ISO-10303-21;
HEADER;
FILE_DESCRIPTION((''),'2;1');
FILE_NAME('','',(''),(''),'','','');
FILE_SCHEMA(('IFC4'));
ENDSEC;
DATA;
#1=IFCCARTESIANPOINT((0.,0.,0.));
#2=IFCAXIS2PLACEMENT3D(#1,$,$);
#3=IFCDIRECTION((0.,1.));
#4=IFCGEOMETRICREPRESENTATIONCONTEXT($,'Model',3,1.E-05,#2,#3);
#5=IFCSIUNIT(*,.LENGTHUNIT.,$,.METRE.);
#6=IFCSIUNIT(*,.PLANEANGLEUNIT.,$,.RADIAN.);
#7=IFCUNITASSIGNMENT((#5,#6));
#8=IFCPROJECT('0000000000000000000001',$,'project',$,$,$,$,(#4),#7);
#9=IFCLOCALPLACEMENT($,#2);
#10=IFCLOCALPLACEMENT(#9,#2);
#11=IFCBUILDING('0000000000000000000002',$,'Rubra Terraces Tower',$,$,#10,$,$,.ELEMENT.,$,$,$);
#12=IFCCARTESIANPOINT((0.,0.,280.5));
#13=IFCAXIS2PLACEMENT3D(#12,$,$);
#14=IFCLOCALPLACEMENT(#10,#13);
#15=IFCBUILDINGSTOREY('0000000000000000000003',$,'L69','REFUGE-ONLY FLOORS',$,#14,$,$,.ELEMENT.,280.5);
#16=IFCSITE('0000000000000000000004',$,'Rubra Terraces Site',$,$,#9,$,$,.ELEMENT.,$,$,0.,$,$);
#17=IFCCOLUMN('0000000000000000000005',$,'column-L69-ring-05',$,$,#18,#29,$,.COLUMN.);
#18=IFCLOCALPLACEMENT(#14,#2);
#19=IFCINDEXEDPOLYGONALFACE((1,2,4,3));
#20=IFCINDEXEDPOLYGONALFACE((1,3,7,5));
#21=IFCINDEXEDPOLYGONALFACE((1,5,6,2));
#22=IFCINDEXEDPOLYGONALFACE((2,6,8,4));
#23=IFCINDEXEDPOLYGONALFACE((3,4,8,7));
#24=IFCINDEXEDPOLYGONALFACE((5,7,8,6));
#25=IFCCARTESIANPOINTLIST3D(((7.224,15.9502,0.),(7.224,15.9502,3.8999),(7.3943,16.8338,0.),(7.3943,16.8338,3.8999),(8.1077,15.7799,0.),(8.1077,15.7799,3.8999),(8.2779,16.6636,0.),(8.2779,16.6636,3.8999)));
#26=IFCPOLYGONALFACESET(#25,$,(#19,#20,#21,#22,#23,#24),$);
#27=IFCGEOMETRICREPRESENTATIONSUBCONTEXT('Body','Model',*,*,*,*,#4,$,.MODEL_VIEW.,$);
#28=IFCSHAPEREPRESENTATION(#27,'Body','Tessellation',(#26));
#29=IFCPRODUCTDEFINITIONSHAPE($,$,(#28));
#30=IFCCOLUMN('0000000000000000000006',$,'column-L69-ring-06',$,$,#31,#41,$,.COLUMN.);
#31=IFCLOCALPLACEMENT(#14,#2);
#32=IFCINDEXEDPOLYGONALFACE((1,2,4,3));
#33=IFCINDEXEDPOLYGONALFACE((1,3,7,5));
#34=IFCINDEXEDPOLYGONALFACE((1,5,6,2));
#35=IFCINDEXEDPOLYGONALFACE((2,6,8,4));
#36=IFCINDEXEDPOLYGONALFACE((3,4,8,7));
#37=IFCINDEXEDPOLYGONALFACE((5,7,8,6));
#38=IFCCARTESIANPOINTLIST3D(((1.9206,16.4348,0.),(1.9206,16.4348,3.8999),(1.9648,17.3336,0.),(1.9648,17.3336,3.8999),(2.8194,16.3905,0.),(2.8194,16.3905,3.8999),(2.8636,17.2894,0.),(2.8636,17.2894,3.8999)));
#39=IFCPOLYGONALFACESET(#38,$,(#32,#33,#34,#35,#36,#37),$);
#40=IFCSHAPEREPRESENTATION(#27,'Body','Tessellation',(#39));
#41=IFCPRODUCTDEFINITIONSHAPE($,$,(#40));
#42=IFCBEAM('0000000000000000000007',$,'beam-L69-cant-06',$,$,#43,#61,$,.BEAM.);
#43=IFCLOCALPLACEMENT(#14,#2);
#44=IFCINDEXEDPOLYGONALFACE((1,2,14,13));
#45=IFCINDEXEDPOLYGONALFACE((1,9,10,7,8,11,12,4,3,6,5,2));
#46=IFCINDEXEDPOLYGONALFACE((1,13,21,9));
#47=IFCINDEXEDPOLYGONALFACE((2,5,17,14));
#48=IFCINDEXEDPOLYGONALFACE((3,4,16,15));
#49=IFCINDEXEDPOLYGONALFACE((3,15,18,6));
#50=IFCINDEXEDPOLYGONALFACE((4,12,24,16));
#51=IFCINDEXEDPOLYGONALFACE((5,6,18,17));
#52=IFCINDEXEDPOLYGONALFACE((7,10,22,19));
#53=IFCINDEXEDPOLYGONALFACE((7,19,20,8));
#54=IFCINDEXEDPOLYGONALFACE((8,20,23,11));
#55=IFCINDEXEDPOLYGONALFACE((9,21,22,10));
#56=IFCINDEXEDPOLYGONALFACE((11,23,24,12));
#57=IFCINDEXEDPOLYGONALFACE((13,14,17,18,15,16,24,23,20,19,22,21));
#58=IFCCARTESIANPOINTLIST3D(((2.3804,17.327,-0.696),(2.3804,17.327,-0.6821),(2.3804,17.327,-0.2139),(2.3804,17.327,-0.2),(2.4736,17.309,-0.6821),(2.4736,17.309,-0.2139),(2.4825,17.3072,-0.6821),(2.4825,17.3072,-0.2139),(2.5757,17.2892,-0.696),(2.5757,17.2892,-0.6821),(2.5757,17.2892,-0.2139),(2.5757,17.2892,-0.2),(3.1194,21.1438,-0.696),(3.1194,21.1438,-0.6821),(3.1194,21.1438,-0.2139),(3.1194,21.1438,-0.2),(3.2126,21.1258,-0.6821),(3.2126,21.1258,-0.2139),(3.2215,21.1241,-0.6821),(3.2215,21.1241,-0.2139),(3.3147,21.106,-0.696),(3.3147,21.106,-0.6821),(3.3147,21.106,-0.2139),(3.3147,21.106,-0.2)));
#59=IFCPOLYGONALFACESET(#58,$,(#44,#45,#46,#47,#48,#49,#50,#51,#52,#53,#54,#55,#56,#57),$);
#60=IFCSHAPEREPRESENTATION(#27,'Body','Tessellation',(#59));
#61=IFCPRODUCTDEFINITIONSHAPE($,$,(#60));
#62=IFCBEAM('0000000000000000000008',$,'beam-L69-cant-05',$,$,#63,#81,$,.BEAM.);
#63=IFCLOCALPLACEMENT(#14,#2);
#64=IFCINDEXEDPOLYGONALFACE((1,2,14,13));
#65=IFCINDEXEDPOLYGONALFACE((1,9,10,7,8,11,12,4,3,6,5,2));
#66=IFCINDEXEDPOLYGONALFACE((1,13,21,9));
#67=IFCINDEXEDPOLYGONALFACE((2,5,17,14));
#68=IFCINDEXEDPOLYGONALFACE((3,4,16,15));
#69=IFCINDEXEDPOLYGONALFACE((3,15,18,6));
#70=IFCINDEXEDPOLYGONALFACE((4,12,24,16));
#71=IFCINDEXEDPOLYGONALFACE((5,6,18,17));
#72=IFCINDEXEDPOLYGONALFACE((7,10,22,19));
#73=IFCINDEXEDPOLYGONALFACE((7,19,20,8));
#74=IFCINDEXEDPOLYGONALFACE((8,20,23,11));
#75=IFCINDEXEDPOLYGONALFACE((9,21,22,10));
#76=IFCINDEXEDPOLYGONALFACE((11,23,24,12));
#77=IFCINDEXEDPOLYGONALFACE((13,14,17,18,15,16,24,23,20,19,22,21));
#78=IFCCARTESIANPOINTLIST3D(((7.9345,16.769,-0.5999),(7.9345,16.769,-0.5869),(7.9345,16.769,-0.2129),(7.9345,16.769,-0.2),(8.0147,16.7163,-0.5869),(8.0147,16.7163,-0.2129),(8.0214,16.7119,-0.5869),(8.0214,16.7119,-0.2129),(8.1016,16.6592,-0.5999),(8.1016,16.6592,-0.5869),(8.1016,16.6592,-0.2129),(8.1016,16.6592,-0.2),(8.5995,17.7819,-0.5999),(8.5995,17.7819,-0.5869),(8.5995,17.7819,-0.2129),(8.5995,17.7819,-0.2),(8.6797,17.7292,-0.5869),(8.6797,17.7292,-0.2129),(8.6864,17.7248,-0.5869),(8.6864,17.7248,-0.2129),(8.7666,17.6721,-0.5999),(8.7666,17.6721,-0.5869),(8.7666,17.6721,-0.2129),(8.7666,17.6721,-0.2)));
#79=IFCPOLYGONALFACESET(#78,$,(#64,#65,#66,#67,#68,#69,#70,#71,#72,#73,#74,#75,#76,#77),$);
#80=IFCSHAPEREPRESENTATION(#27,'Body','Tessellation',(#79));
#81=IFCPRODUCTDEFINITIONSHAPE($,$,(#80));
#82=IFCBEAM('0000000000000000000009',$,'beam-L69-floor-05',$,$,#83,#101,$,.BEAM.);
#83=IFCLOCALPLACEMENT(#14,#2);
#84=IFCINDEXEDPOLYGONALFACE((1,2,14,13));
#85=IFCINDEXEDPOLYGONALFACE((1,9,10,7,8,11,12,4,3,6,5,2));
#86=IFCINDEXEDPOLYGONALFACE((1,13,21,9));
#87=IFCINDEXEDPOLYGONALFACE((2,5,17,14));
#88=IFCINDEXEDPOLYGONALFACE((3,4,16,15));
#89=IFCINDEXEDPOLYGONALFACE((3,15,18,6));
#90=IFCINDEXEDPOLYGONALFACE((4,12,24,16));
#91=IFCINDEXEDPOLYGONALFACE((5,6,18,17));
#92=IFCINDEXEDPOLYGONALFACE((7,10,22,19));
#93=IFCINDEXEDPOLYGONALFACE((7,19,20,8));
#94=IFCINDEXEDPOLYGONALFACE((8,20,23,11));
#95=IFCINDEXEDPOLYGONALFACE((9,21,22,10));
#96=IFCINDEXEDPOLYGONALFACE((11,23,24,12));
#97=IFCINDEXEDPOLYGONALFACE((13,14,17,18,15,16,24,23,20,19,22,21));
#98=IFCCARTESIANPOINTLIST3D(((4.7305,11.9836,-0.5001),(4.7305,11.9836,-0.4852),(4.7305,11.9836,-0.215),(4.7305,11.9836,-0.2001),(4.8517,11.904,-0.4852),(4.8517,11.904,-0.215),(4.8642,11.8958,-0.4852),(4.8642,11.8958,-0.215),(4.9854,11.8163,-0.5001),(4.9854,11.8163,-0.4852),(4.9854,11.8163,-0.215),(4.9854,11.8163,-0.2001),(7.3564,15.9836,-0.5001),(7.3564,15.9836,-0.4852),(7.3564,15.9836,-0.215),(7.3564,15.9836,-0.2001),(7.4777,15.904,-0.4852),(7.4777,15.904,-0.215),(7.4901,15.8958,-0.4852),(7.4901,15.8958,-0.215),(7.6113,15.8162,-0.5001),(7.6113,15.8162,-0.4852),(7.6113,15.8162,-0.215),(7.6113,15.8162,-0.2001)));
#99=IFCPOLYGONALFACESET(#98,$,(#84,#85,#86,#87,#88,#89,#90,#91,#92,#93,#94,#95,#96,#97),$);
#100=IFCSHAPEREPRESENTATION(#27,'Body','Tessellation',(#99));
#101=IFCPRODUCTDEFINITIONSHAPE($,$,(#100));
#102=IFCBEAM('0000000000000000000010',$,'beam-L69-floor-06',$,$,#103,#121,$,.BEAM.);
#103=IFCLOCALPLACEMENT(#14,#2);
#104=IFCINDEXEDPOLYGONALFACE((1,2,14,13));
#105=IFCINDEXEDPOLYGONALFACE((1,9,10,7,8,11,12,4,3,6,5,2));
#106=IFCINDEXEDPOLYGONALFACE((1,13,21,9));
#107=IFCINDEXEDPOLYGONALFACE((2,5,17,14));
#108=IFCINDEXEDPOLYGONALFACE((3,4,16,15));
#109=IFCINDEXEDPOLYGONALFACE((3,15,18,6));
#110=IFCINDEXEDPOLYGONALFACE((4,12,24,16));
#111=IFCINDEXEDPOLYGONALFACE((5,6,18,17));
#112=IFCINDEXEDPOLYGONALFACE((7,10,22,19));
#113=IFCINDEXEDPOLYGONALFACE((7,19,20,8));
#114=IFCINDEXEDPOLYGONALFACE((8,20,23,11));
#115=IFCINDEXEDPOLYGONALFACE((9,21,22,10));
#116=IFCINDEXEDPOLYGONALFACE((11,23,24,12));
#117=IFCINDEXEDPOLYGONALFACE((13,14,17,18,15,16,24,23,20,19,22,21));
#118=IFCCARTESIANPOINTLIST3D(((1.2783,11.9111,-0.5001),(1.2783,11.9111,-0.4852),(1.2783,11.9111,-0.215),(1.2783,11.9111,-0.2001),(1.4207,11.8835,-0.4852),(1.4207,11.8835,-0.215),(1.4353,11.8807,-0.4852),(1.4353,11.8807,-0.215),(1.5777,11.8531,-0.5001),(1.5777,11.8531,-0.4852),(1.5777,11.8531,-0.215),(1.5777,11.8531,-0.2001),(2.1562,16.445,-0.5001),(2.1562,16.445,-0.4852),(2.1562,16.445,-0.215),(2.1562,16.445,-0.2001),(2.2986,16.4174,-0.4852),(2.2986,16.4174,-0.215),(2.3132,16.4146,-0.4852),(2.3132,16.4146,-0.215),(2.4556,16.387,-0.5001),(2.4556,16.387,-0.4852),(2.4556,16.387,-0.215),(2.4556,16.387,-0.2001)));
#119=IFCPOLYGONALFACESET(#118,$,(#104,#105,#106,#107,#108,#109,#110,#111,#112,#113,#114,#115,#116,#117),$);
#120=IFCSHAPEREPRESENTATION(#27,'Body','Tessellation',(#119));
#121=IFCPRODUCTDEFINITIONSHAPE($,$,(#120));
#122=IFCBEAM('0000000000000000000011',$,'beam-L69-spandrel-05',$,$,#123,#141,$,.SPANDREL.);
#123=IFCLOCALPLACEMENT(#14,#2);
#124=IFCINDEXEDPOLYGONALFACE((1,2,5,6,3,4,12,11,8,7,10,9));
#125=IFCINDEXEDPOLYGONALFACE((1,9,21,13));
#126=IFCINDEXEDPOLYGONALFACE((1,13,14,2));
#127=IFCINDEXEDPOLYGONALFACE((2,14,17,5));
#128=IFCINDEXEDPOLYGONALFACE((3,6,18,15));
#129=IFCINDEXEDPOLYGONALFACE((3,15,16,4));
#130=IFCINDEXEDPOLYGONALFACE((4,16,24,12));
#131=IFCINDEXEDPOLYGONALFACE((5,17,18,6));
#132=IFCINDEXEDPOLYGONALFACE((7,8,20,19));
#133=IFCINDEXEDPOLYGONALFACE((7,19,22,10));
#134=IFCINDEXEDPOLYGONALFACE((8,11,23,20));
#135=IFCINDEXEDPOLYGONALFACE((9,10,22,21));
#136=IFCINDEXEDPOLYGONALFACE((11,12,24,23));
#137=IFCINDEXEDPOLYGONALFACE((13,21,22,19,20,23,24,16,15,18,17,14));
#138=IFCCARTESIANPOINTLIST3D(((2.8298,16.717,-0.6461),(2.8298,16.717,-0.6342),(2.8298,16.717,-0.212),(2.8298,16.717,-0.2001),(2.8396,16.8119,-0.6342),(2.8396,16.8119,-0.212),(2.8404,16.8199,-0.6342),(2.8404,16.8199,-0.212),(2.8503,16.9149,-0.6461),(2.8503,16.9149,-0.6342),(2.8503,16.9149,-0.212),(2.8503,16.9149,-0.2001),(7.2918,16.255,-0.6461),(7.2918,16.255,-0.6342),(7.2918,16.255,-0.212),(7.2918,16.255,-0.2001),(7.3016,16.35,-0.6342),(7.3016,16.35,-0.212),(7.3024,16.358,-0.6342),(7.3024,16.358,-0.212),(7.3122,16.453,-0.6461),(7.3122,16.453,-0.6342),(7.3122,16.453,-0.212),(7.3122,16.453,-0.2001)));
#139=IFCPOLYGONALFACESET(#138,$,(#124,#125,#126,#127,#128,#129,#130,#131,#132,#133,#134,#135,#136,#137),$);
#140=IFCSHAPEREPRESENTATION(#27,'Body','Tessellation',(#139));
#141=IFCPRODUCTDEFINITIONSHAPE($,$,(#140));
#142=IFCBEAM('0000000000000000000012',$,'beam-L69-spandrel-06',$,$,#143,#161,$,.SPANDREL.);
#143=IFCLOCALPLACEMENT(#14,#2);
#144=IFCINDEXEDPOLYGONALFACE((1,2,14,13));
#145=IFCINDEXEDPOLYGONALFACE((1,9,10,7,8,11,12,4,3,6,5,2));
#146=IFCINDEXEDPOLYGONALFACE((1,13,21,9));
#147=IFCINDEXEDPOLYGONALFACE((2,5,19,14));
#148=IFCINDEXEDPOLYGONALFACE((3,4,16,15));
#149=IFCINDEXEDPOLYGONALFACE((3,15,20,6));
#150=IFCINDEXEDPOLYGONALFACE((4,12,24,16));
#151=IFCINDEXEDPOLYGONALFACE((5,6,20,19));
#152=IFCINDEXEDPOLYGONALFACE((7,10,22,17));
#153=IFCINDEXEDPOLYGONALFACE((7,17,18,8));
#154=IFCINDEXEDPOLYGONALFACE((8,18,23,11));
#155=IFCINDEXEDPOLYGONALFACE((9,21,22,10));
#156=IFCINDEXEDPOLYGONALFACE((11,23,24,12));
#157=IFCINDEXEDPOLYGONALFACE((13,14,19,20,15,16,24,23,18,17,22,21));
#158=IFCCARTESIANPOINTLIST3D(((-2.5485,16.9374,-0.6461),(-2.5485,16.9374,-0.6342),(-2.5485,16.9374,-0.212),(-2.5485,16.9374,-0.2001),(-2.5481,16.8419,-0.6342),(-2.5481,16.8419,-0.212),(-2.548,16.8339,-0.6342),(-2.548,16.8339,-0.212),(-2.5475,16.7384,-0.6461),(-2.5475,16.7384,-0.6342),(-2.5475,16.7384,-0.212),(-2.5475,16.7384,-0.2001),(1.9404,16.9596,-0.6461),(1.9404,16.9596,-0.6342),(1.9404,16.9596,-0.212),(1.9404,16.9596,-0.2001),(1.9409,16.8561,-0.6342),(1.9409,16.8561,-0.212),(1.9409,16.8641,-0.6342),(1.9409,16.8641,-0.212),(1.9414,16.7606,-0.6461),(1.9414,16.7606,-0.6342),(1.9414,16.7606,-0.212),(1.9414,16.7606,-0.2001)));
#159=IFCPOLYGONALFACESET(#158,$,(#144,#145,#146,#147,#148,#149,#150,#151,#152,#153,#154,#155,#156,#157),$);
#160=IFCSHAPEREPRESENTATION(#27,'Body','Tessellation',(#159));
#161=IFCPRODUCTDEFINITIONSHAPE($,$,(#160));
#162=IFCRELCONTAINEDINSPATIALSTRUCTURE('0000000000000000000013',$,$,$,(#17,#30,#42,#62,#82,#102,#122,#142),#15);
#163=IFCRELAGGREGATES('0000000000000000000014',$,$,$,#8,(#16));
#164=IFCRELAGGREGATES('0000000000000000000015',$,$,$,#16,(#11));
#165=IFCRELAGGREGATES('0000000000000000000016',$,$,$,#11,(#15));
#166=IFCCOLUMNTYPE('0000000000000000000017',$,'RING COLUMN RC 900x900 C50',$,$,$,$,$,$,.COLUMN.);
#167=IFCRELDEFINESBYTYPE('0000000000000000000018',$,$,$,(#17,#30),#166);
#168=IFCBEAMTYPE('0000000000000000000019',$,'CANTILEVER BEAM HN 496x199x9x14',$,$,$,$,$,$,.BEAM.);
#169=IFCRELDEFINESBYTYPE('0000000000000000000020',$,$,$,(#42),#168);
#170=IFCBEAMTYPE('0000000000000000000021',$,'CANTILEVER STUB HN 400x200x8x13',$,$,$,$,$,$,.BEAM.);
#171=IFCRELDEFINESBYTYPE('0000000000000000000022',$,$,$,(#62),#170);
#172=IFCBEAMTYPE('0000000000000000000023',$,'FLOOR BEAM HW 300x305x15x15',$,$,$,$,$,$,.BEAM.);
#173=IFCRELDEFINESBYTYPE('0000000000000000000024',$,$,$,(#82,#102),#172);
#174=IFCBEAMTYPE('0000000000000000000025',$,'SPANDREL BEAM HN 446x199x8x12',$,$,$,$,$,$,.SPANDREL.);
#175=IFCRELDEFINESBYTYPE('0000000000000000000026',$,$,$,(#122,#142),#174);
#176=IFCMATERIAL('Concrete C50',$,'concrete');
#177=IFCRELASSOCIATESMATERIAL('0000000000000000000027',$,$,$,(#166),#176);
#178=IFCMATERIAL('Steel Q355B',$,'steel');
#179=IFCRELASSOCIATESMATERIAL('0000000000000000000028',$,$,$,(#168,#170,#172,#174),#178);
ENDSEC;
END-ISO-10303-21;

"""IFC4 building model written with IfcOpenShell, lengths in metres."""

from ifc_helpers import new_model, si_unit, direction, frame, origin, origin_2d, place, context, subcontext, project, spatial, rectangle, i_section, extrude, material, material_profile, profile_set, type_object, element, save


model = new_model("IFC4")

# Units and contexts
model_context = context("Model", 3, precision=1e-05, world=origin(), true_north=direction((0.0, 1.0)))
body_context = subcontext(model_context, "Body", "Model", "MODEL_VIEW")
ifc_project = project(units=[si_unit("LENGTHUNIT", "METRE"), si_unit("PLANEANGLEUNIT", "RADIAN")], contexts=[model_context])

# Site, building, storey
site_placement = place(None, origin())
site = spatial("IfcSite", under=ifc_project, at=site_placement, Name="Rubra Terraces Site", CompositionType="ELEMENT", RefElevation=0.0)
building_placement = place(site_placement, origin())
building = spatial("IfcBuilding", under=site, at=building_placement, Name="Rubra Terraces Tower", CompositionType="ELEMENT")
storey_placement = place(building_placement, frame((0.0, 0.0, 280.5)))
storey = spatial("IfcBuildingStorey", under=building, at=storey_placement, Name="L69", Description="REFUGE-ONLY FLOORS", CompositionType="ELEMENT", Elevation=280.5)

# Columns
ifc_material_1 = material(Name="Concrete C50", Category="concrete")
ifc_material_profile_1 = material_profile(ifc_material_1, rectangle(XDim=0.8999, YDim=0.8999, at=origin_2d()), Name="RC 900x900")
ifc_profile_set_1 = profile_set([ifc_material_profile_1], Name="Concrete C50")
column_type = type_object("IfcColumnType", Name="RING COLUMN RC 900x900 C50", PredefinedType="COLUMN", material=ifc_profile_set_1)
for number, where, z_axis, x_axis, name in (
    (1, (7.751, 16.3069, 0.0), (0.0, 0.0, 1.0), (-0.981937, 0.18921, 0.0), "column-L69-ring-05"),
    (2, (2.3921, 16.8621, 0.0), (0.0, 0.0, 1.0), (-0.998791, 0.04915, 0.0), "column-L69-ring-06"),
):
    element("IfcColumn", number, at=place(storey_placement, frame(where, z_axis=z_axis, x_axis=x_axis)), inside=storey, type_object=column_type, Name=name, PredefinedType="COLUMN", context=body_context, shape_type="SweptSolid", body=[
        extrude(rectangle(XDim=0.8999, YDim=0.8999, at=origin_2d()), origin(), (0.0, 0.0, 1.0), 3.8999),
    ])

# Beams
ifc_material_2 = material(Name="Steel Q355B", Category="steel")
ifc_material_profile_2 = material_profile(ifc_material_2, i_section(OverallWidth=0.199, OverallDepth=0.4961, WebThickness=0.009, FlangeThickness=0.0139, at=origin_2d()), Name="HN 496x199x9x14")
ifc_profile_set_2 = profile_set([ifc_material_profile_2], Name="Steel Q355B")
beam_type_1 = type_object("IfcBeamType", Name="CANTILEVER BEAM HN 496x199x9x14", PredefinedType="BEAM", material=ifc_profile_set_2)
beam_1_placement = place(storey_placement, frame((2.478, 17.3081, -0.448), z_axis=(0.190086, 0.981767, 0.0), x_axis=(-0.981767, 0.190086, 0.0)))
element("IfcBeam", 3, at=beam_1_placement, inside=storey, type_object=beam_type_1, Name="beam-L69-cant-06", PredefinedType="BEAM", context=body_context, shape_type="SweptSolid", body=[
    extrude(i_section(OverallWidth=0.199, OverallDepth=0.4961, WebThickness=0.009, FlangeThickness=0.0139, at=origin_2d()), origin(), (0.0, 0.0, 1.0), 3.8877),
])
ifc_material_profile_3 = material_profile(ifc_material_2, i_section(OverallWidth=0.2, OverallDepth=0.3999, WebThickness=0.0081, FlangeThickness=0.0129, at=origin_2d()), Name="HN 400x200x8x13")
ifc_profile_set_3 = profile_set([ifc_material_profile_3], Name="Steel Q355B")
beam_type_2 = type_object("IfcBeamType", Name="CANTILEVER STUB HN 400x200x8x13", PredefinedType="BEAM", material=ifc_profile_set_3)
beam_2_placement = place(storey_placement, frame((8.0181, 16.7141, -0.3999), z_axis=(0.548828, 0.835935, 0.0), x_axis=(-0.835935, 0.548828, 0.0)))
element("IfcBeam", 4, at=beam_2_placement, inside=storey, type_object=beam_type_2, Name="beam-L69-cant-05", PredefinedType="BEAM", context=body_context, shape_type="SweptSolid", body=[
    extrude(i_section(OverallWidth=0.2, OverallDepth=0.3999, WebThickness=0.0081, FlangeThickness=0.0129, at=origin_2d()), origin(), (0.0, 0.0, 1.0), 1.2117),
])
ifc_material_profile_4 = material_profile(ifc_material_2, i_section(OverallWidth=0.3049, OverallDepth=0.3, WebThickness=0.0149, FlangeThickness=0.0149, at=origin_2d()), Name="HW 300x305x15x15")
ifc_profile_set_4 = profile_set([ifc_material_profile_4], Name="Steel Q355B")
beam_type_3 = type_object("IfcBeamType", Name="FLOOR BEAM HW 300x305x15x15", PredefinedType="BEAM", material=ifc_profile_set_4)
beam_3_placement = place(storey_placement, frame((7.4839, 15.8999, -0.3501), z_axis=(-0.548799, -0.835954, 0.0), x_axis=(0.835954, -0.548799, 0.0)))
element("IfcBeam", 5, at=beam_3_placement, inside=storey, type_object=beam_type_3, Name="beam-L69-floor-05", PredefinedType="BEAM", context=body_context, shape_type="SweptSolid", body=[
    extrude(i_section(OverallWidth=0.3049, OverallDepth=0.3, WebThickness=0.0149, FlangeThickness=0.0149, at=origin_2d()), origin(), (0.0, 0.0, 1.0), 4.7849),
])
beam_4_placement = place(storey_placement, frame((2.3059, 16.416, -0.3501), z_axis=(-0.190104, -0.981764, 0.0), x_axis=(0.981764, -0.190104, 0.0)))
element("IfcBeam", 6, at=beam_4_placement, inside=storey, type_object=beam_type_3, Name="beam-L69-floor-06", PredefinedType="BEAM", context=body_context, shape_type="SweptSolid", body=[
    extrude(i_section(OverallWidth=0.3049, OverallDepth=0.3, WebThickness=0.0149, FlangeThickness=0.0149, at=origin_2d()), origin(), (0.0, 0.0, 1.0), 4.6182),
])
ifc_material_profile_5 = material_profile(ifc_material_2, i_section(OverallWidth=0.199, OverallDepth=0.446, WebThickness=0.0081, FlangeThickness=0.012, at=origin_2d()), Name="HN 446x199x8x12")
ifc_profile_set_5 = profile_set([ifc_material_profile_5], Name="Steel Q355B")
beam_type_4 = type_object("IfcBeamType", Name="SPANDREL BEAM HN 446x199x8x12", PredefinedType="SPANDREL", material=ifc_profile_set_5)
beam_5_placement = place(storey_placement, frame((7.302, 16.354, -0.4231), z_axis=(-0.994684, 0.102973, 0.0), x_axis=(-0.102973, -0.994684, 0.0)))
element("IfcBeam", 7, at=beam_5_placement, inside=storey, type_object=beam_type_4, Name="beam-L69-spandrel-05", PredefinedType="SPANDREL", context=body_context, shape_type="SweptSolid", body=[
    extrude(i_section(OverallWidth=0.199, OverallDepth=0.446, WebThickness=0.0081, FlangeThickness=0.012, at=origin_2d()), origin(), (0.0, 0.0, 1.0), 4.4858),
])
beam_6_placement = place(storey_placement, frame((1.9409, 16.8601, -0.4231), z_axis=(-0.999988, -0.004949, 0.0), x_axis=(0.004949, -0.999988, 0.0)))
element("IfcBeam", 8, at=beam_6_placement, inside=storey, type_object=beam_type_4, Name="beam-L69-spandrel-06", PredefinedType="SPANDREL", context=body_context, shape_type="SweptSolid", body=[
    extrude(i_section(OverallWidth=0.199, OverallDepth=0.446, WebThickness=0.0081, FlangeThickness=0.012, at=origin_2d()), origin(), (0.0, 0.0, 1.0), 4.489),
])

save(model, "model.ifc")
